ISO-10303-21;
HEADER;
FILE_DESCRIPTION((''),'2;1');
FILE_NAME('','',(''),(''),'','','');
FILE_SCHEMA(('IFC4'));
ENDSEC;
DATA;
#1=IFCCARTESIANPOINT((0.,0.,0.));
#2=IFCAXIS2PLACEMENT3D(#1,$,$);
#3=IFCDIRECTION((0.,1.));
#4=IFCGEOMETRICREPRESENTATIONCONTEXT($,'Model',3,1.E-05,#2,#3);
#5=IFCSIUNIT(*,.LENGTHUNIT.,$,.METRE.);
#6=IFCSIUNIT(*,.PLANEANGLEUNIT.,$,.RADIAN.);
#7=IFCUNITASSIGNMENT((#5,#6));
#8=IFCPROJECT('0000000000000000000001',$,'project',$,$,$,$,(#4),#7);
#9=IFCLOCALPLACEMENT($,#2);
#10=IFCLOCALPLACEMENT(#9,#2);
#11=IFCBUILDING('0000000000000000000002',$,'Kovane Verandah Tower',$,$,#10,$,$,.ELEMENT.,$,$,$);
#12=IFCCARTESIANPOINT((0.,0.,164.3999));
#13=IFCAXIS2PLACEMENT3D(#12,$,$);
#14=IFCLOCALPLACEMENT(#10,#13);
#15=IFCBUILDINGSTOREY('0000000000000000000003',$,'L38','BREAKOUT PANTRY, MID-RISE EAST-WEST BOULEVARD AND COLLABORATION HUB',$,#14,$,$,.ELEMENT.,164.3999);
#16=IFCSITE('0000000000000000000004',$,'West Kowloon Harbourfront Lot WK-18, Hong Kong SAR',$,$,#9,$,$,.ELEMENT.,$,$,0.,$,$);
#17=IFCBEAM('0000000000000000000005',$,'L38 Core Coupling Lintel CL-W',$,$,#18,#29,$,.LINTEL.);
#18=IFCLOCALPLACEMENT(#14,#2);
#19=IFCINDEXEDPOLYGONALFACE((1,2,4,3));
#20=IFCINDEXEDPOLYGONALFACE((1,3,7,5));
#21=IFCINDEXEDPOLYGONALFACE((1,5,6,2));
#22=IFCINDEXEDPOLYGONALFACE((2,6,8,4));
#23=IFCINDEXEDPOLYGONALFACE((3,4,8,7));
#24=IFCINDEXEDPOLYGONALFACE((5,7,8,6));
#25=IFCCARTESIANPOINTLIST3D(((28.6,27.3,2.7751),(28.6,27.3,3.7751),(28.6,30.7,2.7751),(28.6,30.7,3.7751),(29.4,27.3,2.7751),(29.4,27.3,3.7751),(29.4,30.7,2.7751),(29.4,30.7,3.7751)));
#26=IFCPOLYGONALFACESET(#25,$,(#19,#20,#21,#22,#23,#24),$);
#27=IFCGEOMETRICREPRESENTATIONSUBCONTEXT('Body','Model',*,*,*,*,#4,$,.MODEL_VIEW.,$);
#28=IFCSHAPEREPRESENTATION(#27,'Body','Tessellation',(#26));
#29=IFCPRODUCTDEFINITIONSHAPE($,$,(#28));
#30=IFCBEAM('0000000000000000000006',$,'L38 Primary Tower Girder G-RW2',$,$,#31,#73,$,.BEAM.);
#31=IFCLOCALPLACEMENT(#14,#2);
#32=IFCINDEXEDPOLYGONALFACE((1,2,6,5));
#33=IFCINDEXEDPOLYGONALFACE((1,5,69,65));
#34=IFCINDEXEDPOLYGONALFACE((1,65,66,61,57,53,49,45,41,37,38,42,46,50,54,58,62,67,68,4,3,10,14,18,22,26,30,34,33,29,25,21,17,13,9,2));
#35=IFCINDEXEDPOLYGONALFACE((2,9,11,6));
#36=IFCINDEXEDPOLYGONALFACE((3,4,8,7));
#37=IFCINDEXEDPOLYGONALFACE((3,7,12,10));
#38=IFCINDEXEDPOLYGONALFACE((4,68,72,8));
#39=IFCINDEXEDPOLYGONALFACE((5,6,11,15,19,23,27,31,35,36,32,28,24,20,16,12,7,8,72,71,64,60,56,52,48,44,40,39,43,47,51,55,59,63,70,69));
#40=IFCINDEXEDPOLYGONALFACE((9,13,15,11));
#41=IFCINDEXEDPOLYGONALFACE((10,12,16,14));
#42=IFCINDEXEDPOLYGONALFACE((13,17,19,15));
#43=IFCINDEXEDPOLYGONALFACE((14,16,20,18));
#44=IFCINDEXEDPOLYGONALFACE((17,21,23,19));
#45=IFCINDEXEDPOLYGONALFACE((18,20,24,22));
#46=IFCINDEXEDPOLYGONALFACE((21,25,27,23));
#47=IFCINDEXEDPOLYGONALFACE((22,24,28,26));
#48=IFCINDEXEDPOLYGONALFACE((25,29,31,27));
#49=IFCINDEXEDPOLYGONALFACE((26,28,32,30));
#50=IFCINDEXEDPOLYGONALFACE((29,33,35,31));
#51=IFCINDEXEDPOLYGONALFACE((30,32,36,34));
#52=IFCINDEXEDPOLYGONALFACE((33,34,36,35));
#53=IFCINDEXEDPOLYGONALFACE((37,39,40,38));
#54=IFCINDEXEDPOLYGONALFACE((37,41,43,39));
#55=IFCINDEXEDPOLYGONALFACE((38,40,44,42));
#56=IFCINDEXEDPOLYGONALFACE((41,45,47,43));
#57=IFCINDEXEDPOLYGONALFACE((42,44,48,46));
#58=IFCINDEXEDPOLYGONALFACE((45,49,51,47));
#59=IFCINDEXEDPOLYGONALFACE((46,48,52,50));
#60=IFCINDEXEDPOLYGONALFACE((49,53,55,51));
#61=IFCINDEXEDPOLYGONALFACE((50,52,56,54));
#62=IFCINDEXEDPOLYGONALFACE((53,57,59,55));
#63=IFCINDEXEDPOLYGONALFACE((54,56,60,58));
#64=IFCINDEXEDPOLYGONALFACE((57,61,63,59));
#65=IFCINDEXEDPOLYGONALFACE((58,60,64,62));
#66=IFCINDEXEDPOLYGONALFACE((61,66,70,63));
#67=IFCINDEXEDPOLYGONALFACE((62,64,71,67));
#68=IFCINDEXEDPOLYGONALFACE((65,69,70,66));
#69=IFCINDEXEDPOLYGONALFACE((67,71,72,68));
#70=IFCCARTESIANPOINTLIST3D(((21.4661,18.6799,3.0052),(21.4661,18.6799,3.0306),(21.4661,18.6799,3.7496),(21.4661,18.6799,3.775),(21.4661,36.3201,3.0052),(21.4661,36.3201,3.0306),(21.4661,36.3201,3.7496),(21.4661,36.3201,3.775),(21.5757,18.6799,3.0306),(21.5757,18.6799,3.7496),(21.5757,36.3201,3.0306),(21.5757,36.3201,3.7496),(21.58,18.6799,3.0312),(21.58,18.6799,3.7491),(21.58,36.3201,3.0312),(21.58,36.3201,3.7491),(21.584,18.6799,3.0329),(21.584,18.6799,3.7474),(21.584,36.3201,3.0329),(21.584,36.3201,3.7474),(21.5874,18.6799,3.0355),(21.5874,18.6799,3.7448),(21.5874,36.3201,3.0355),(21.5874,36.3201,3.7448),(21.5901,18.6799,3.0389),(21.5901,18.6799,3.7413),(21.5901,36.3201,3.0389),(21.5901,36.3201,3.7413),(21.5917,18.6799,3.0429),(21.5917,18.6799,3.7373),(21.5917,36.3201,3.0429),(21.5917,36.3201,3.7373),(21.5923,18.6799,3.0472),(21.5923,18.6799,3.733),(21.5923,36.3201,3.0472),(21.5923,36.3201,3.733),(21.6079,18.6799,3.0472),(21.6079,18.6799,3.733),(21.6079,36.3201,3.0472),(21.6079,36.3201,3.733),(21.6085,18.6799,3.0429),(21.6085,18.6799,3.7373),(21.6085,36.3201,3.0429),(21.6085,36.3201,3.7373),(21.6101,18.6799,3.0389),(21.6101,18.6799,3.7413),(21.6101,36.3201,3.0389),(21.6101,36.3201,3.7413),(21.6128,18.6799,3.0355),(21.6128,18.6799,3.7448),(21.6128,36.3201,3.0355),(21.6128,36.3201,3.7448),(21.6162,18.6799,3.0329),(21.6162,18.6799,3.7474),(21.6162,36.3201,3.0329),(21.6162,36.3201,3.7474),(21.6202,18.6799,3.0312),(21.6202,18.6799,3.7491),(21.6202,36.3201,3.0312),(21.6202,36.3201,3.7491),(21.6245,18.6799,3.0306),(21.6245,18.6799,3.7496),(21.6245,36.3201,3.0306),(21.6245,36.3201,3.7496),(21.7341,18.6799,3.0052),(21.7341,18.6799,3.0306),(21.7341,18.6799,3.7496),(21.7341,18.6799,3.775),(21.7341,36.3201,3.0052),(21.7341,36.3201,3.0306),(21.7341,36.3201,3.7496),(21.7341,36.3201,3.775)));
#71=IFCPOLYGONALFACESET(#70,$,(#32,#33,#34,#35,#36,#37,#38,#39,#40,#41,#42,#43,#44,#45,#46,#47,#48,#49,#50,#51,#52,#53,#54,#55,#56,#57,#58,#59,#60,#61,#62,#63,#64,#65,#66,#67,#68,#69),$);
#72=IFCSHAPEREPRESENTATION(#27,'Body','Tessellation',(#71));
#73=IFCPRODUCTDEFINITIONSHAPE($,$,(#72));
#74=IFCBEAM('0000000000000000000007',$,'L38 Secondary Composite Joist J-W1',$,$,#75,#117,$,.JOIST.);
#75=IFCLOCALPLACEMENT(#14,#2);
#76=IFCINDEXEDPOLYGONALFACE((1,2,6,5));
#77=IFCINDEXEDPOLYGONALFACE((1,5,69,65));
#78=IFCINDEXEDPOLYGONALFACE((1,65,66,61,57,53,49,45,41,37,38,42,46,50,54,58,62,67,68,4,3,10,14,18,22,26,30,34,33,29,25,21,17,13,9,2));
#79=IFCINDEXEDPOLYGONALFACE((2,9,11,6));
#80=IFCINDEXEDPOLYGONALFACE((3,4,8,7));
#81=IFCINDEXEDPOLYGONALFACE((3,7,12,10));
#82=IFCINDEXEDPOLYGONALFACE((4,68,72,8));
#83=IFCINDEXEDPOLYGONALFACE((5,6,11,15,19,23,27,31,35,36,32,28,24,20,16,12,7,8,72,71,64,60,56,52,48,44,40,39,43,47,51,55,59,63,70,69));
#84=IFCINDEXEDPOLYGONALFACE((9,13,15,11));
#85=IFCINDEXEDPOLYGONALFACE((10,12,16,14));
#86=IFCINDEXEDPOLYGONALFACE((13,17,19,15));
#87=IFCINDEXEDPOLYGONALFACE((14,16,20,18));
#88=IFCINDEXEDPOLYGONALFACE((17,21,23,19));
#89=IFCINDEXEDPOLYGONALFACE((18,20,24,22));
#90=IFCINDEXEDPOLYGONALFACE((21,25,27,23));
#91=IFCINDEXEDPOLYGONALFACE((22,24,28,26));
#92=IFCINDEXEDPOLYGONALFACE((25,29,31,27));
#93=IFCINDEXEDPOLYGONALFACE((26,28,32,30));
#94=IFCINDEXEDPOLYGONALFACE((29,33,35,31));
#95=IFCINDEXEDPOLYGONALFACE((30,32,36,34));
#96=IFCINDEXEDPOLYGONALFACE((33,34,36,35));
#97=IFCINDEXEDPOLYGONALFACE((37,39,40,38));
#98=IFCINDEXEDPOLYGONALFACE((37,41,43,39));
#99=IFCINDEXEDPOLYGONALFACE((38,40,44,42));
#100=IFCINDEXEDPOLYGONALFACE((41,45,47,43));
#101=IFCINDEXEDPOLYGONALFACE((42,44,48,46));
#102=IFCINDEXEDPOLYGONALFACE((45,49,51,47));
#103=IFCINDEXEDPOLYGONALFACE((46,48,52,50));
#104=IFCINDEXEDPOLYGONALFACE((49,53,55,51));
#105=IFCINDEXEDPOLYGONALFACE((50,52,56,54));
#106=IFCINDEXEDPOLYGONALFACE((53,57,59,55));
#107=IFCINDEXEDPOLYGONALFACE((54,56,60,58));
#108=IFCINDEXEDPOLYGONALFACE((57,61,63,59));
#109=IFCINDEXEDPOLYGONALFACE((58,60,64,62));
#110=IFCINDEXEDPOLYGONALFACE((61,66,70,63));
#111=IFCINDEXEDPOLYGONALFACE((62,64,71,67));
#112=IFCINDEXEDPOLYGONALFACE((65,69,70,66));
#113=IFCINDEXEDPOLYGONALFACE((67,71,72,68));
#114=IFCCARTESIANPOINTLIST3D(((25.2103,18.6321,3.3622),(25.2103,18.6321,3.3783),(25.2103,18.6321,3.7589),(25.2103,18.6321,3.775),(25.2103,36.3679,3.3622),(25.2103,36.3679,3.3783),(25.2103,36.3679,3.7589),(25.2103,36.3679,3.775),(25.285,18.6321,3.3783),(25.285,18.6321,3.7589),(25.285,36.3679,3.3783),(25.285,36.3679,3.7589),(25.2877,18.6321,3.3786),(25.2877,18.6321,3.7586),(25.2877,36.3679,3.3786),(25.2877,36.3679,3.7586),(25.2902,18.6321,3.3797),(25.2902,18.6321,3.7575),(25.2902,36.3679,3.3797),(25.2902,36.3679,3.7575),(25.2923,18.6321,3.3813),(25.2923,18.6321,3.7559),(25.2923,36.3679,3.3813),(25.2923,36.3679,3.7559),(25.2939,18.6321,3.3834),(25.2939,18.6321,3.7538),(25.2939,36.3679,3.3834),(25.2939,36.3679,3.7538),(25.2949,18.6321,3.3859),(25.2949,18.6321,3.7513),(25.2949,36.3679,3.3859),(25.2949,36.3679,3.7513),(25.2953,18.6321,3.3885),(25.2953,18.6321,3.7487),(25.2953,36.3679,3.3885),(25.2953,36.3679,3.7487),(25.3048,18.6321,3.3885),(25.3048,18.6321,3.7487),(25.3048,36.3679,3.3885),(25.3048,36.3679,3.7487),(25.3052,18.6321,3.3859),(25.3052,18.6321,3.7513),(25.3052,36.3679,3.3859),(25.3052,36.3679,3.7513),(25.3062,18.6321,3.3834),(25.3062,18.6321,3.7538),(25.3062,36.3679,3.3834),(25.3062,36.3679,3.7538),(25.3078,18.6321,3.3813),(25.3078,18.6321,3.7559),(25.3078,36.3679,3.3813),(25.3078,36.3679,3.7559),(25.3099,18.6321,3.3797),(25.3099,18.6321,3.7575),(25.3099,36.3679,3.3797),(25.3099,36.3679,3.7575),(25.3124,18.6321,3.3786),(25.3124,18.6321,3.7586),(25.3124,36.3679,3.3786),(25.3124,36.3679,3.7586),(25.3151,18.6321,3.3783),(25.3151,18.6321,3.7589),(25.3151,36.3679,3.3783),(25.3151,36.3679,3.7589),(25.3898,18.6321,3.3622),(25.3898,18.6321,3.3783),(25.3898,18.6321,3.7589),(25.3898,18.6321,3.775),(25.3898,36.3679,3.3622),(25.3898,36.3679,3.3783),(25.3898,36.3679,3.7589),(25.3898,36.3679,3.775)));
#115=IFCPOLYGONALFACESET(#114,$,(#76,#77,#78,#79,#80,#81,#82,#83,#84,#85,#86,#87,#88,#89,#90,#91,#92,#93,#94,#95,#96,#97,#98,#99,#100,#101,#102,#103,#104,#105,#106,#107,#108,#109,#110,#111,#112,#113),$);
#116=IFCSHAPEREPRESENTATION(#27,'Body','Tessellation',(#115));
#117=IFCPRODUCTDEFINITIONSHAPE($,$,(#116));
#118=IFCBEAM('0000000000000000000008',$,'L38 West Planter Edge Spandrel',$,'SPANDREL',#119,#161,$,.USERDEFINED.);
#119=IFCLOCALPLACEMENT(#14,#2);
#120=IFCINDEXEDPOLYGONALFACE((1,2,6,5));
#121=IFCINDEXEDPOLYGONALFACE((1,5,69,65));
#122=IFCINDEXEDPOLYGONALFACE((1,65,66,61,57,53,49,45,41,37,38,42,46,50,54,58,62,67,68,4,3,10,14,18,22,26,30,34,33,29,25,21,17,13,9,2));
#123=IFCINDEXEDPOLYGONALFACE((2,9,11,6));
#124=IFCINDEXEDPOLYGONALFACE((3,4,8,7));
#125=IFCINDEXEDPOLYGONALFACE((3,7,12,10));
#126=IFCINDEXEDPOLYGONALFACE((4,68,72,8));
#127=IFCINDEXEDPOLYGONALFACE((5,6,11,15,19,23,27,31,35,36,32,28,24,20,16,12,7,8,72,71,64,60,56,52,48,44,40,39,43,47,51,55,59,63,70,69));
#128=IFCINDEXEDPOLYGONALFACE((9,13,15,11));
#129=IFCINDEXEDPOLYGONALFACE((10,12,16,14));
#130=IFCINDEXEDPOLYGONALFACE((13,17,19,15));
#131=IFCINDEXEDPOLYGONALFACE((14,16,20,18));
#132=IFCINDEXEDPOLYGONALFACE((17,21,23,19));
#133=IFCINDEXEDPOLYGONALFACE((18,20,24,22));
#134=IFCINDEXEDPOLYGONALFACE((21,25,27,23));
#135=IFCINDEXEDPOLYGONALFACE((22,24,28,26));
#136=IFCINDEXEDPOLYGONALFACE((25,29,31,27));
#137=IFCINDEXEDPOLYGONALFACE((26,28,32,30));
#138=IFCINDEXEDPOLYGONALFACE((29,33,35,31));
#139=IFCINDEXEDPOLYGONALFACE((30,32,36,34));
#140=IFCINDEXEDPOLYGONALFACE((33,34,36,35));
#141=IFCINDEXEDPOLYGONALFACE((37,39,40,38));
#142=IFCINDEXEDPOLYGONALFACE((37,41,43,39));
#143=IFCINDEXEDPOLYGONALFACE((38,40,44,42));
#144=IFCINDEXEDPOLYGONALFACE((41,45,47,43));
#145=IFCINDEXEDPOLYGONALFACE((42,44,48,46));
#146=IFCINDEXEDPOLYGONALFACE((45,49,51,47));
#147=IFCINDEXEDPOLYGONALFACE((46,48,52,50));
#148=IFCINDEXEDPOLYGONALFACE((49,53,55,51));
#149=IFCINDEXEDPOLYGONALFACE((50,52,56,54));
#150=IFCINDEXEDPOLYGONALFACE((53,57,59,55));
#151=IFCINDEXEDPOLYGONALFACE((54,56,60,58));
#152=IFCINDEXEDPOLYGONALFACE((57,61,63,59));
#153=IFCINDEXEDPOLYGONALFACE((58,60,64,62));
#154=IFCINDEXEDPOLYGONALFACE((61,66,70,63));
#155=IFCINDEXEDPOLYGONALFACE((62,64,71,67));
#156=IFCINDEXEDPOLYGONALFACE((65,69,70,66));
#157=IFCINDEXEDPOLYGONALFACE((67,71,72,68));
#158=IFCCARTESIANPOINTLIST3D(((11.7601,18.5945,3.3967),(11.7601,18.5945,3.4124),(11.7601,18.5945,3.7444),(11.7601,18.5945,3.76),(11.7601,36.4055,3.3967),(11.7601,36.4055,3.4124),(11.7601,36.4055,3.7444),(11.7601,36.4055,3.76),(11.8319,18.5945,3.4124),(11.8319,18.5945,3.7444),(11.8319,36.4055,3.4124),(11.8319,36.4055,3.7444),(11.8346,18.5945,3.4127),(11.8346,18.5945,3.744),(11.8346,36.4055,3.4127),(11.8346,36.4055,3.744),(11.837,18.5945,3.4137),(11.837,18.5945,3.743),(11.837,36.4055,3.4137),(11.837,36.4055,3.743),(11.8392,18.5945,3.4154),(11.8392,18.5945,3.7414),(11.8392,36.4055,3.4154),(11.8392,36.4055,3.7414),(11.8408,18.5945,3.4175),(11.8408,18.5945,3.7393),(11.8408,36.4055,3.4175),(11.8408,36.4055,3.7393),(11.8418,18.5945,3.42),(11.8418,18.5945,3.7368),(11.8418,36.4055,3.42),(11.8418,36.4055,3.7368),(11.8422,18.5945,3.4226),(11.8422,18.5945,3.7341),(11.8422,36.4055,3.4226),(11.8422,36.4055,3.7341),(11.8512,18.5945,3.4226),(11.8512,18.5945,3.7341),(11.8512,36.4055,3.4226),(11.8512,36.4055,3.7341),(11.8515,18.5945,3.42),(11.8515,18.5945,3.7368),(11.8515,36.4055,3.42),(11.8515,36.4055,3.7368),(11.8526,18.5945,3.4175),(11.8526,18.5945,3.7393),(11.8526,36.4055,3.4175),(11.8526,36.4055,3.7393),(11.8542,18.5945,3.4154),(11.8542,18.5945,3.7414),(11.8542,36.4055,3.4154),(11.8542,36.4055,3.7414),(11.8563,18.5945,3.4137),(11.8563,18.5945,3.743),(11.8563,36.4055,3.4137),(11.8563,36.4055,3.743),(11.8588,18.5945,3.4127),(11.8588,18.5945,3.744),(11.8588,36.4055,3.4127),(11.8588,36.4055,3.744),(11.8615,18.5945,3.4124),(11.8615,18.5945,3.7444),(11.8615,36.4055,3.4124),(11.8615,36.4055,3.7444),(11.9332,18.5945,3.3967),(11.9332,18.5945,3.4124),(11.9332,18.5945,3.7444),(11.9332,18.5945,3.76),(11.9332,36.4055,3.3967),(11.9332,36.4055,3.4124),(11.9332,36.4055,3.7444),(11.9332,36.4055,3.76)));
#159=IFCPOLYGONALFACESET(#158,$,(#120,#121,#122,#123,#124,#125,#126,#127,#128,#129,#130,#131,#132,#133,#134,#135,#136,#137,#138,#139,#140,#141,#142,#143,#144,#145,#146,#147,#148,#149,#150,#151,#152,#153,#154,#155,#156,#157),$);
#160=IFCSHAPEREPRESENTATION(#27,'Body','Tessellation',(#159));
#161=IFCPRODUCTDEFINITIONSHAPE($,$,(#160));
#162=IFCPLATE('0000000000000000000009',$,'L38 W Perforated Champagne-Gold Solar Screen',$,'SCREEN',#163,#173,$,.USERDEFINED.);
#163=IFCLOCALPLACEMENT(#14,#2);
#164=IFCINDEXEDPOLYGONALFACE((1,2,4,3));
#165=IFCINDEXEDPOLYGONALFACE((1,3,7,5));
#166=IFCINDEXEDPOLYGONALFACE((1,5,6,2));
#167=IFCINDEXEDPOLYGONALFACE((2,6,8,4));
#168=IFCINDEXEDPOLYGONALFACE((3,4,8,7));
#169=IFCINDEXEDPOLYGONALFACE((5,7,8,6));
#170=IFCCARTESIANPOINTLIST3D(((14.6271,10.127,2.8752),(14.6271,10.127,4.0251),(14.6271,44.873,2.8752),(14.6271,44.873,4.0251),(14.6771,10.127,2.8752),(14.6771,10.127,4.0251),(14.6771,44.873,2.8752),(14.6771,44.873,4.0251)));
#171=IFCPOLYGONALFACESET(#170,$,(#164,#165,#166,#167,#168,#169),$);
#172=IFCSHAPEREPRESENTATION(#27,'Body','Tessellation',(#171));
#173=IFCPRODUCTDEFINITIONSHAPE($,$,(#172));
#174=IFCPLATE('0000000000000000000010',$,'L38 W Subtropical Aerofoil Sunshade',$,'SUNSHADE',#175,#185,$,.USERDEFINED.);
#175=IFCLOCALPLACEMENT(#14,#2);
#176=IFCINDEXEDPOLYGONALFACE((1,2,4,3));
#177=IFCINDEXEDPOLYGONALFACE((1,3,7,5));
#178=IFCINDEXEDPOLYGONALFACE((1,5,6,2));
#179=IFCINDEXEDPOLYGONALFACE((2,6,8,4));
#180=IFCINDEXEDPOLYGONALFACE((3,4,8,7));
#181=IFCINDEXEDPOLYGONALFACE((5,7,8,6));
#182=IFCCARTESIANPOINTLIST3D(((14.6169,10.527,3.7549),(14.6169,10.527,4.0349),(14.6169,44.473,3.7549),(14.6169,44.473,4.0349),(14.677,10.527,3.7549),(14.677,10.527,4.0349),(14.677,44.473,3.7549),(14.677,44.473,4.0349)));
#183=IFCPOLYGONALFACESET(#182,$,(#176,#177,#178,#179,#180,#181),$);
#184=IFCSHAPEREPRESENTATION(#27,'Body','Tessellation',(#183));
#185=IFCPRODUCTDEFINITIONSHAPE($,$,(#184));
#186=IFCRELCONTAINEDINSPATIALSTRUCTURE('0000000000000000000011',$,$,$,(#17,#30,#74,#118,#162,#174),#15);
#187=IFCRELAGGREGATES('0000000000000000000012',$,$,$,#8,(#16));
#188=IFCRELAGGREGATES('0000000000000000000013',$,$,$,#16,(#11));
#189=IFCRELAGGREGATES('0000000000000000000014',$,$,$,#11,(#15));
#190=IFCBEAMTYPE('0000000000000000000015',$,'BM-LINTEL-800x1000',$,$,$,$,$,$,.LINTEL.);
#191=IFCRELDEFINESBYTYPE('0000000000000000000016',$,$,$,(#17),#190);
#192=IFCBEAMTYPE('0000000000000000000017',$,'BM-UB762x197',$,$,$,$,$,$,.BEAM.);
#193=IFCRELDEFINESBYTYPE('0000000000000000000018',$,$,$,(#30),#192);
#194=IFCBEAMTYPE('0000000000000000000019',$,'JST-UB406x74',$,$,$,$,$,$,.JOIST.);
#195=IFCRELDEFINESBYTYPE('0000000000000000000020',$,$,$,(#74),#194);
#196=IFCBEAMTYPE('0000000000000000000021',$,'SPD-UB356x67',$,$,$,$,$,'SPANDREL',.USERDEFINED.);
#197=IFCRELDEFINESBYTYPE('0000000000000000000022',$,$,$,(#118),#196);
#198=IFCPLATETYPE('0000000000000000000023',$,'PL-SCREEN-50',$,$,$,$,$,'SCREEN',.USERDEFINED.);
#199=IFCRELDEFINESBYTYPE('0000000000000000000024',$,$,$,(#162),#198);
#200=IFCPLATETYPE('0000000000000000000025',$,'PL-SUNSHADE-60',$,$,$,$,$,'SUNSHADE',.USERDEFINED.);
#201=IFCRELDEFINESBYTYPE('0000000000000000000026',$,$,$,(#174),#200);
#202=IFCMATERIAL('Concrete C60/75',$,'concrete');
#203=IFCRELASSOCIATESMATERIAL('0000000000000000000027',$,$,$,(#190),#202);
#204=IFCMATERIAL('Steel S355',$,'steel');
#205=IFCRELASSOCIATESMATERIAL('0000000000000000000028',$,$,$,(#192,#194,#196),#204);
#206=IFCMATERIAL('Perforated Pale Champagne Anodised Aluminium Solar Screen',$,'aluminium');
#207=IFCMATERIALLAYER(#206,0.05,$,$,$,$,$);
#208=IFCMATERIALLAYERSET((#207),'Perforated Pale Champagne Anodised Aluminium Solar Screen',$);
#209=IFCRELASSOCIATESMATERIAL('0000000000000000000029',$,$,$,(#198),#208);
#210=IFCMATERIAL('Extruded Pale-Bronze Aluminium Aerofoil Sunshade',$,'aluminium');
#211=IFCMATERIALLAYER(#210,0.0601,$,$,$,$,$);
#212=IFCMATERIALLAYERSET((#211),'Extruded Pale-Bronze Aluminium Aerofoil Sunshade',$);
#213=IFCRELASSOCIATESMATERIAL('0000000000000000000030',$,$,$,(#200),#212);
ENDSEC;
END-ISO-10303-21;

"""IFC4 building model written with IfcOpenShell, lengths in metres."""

from ifc_helpers import new_model, si_unit, direction, frame, origin, origin_2d, place, context, subcontext, project, spatial, rectangle, i_section, extrude, material, layer, layer_set, material_profile, profile_set, type_object, element, save


model = new_model("IFC4")

# Units and contexts
model_context = context("Model", 3, precision=1e-05, world=origin(), true_north=direction((0.0, 1.0)))
body_context = subcontext(model_context, "Body", "Model", "MODEL_VIEW")
ifc_project = project(units=[si_unit("LENGTHUNIT", "METRE"), si_unit("PLANEANGLEUNIT", "RADIAN")], contexts=[model_context])

# Site, building, storey
site_placement = place(None, origin())
site = spatial("IfcSite", under=ifc_project, at=site_placement, Name="West Kowloon Harbourfront Lot WK-18, Hong Kong SAR", CompositionType="ELEMENT", RefElevation=0.0)
building_placement = place(site_placement, origin())
building = spatial("IfcBuilding", under=site, at=building_placement, Name="Kovane Verandah Tower", CompositionType="ELEMENT")
storey_placement = place(building_placement, frame((0.0, 0.0, 164.3999)))
storey = spatial("IfcBuildingStorey", under=building, at=storey_placement, Name="L38", Description="BREAKOUT PANTRY, MID-RISE EAST-WEST BOULEVARD AND COLLABORATION HUB", CompositionType="ELEMENT", Elevation=164.3999)

# Beams
ifc_material_1 = material(Name="Concrete C60/75", Category="concrete")
ifc_material_profile_1 = material_profile(ifc_material_1, rectangle(XDim=0.8, YDim=1.0, at=origin_2d()), Name="RCB800x1000")
ifc_profile_set_1 = profile_set([ifc_material_profile_1], Name="Concrete C60/75")
beam_type_1 = type_object("IfcBeamType", Name="BM-LINTEL-800x1000", PredefinedType="LINTEL", material=ifc_profile_set_1)
beam_1_placement = place(storey_placement, frame((29.0, 27.3, 3.2751), z_axis=(0.0, 1.0, 0.0), x_axis=(-1.0, 0.0, 0.0)))
element("IfcBeam", 1, at=beam_1_placement, inside=storey, type_object=beam_type_1, Name="L38 Core Coupling Lintel CL-W", PredefinedType="LINTEL", context=body_context, shape_type="SweptSolid", body=[
    extrude(rectangle(XDim=0.8, YDim=1.0, at=origin_2d()), origin(), (0.0, 0.0, 1.0), 3.3999),
])
ifc_material_2 = material(Name="Steel S355", Category="steel")
ifc_material_profile_2 = material_profile(ifc_material_2, i_section(OverallWidth=0.2681, OverallDepth=0.7698, WebThickness=0.0156, FlangeThickness=0.0254, FilletRadius=0.0166, at=origin_2d()), Name="UB762x267x197")
ifc_profile_set_2 = profile_set([ifc_material_profile_2], Name="Steel S355")
beam_type_2 = type_object("IfcBeamType", Name="BM-UB762x197", PredefinedType="BEAM", material=ifc_profile_set_2)
beam_2_placement = place(storey_placement, frame((21.6001, 18.6799, 3.3901), z_axis=(0.0, 1.0, 0.0), x_axis=(-1.0, 0.0, 0.0)))
element("IfcBeam", 2, at=beam_2_placement, inside=storey, type_object=beam_type_2, Name="L38 Primary Tower Girder G-RW2", PredefinedType="BEAM", context=body_context, shape_type="SweptSolid", body=[
    extrude(i_section(OverallWidth=0.2681, OverallDepth=0.7698, WebThickness=0.0156, FlangeThickness=0.0254, FilletRadius=0.0166, at=origin_2d()), origin(), (0.0, 0.0, 1.0), 17.6401),
])
ifc_material_profile_3 = material_profile(ifc_material_2, i_section(OverallWidth=0.1794, OverallDepth=0.4128, WebThickness=0.0095, FlangeThickness=0.0161, FilletRadius=0.0103, at=origin_2d()), Name="UB406x178x74")
ifc_profile_set_3 = profile_set([ifc_material_profile_3], Name="Steel S355")
beam_type_3 = type_object("IfcBeamType", Name="JST-UB406x74", PredefinedType="JOIST", material=ifc_profile_set_3)
beam_3_placement = place(storey_placement, frame((25.3, 18.6321, 3.5686), z_axis=(0.0, 1.0, 0.0), x_axis=(-1.0, 0.0, 0.0)))
element("IfcBeam", 3, at=beam_3_placement, inside=storey, type_object=beam_type_3, Name="L38 Secondary Composite Joist J-W1", PredefinedType="JOIST", context=body_context, shape_type="SweptSolid", body=[
    extrude(i_section(OverallWidth=0.1794, OverallDepth=0.4128, WebThickness=0.0095, FlangeThickness=0.0161, FilletRadius=0.0103, at=origin_2d()), origin(), (0.0, 0.0, 1.0), 17.7358),
])
ifc_material_profile_4 = material_profile(ifc_material_2, i_section(OverallWidth=0.1731, OverallDepth=0.3633, WebThickness=0.009, FlangeThickness=0.0156, FilletRadius=0.0103, at=origin_2d()), Name="UB356x171x67")
ifc_profile_set_4 = profile_set([ifc_material_profile_4], Name="Steel S355")
beam_type_4 = type_object("IfcBeamType", Name="SPD-UB356x67", ElementType="SPANDREL", PredefinedType="USERDEFINED", material=ifc_profile_set_4)
beam_4_placement = place(storey_placement, frame((11.8467, 18.5945, 3.5784), z_axis=(0.0, 1.0, 0.0), x_axis=(-1.0, 0.0, 0.0)))
element("IfcBeam", 4, at=beam_4_placement, inside=storey, type_object=beam_type_4, Name="L38 West Planter Edge Spandrel", ObjectType="SPANDREL", PredefinedType="USERDEFINED", context=body_context, shape_type="SweptSolid", body=[
    extrude(i_section(OverallWidth=0.1731, OverallDepth=0.3633, WebThickness=0.009, FlangeThickness=0.0156, FilletRadius=0.0103, at=origin_2d()), origin(), (0.0, 0.0, 1.0), 17.811),
])

# Plates
ifc_material_3 = material(Name="Perforated Pale Champagne Anodised Aluminium Solar Screen", Category="aluminium")
ifc_layer_1 = layer(ifc_material_3, 0.05)
ifc_layer_set_1 = layer_set([ifc_layer_1], Name="Perforated Pale Champagne Anodised Aluminium Solar Screen")
plate_type_1 = type_object("IfcPlateType", Name="PL-SCREEN-50", ElementType="SCREEN", PredefinedType="USERDEFINED", material=ifc_layer_set_1)
plate_1_placement = place(storey_placement, frame((14.6521, 27.5, 2.8752), z_axis=(0.0, 0.0, 1.0), x_axis=(0.0, -1.0, 0.0)))
element("IfcPlate", 5, at=plate_1_placement, inside=storey, type_object=plate_type_1, Name="L38 W Perforated Champagne-Gold Solar Screen", ObjectType="SCREEN", PredefinedType="USERDEFINED", context=body_context, shape_type="SweptSolid", body=[
    extrude(rectangle(XDim=34.7461, YDim=0.05, at=origin_2d()), origin(), (0.0, 0.0, 1.0), 1.1499),
])
ifc_material_4 = material(Name="Extruded Pale-Bronze Aluminium Aerofoil Sunshade", Category="aluminium")
ifc_layer_2 = layer(ifc_material_4, 0.0601)
ifc_layer_set_2 = layer_set([ifc_layer_2], Name="Extruded Pale-Bronze Aluminium Aerofoil Sunshade")
plate_type_2 = type_object("IfcPlateType", Name="PL-SUNSHADE-60", ElementType="SUNSHADE", PredefinedType="USERDEFINED", material=ifc_layer_set_2)
plate_2_placement = place(storey_placement, frame((14.647, 27.5, 3.7549), z_axis=(0.0, 0.0, 1.0), x_axis=(0.0, -1.0, 0.0)))
element("IfcPlate", 6, at=plate_2_placement, inside=storey, type_object=plate_type_2, Name="L38 W Subtropical Aerofoil Sunshade", ObjectType="SUNSHADE", PredefinedType="USERDEFINED", context=body_context, shape_type="SweptSolid", body=[
    extrude(rectangle(XDim=33.946, YDim=0.0601, at=origin_2d()), origin(), (0.0, 0.0, 1.0), 0.28),
])

save(model, "model.ifc")
